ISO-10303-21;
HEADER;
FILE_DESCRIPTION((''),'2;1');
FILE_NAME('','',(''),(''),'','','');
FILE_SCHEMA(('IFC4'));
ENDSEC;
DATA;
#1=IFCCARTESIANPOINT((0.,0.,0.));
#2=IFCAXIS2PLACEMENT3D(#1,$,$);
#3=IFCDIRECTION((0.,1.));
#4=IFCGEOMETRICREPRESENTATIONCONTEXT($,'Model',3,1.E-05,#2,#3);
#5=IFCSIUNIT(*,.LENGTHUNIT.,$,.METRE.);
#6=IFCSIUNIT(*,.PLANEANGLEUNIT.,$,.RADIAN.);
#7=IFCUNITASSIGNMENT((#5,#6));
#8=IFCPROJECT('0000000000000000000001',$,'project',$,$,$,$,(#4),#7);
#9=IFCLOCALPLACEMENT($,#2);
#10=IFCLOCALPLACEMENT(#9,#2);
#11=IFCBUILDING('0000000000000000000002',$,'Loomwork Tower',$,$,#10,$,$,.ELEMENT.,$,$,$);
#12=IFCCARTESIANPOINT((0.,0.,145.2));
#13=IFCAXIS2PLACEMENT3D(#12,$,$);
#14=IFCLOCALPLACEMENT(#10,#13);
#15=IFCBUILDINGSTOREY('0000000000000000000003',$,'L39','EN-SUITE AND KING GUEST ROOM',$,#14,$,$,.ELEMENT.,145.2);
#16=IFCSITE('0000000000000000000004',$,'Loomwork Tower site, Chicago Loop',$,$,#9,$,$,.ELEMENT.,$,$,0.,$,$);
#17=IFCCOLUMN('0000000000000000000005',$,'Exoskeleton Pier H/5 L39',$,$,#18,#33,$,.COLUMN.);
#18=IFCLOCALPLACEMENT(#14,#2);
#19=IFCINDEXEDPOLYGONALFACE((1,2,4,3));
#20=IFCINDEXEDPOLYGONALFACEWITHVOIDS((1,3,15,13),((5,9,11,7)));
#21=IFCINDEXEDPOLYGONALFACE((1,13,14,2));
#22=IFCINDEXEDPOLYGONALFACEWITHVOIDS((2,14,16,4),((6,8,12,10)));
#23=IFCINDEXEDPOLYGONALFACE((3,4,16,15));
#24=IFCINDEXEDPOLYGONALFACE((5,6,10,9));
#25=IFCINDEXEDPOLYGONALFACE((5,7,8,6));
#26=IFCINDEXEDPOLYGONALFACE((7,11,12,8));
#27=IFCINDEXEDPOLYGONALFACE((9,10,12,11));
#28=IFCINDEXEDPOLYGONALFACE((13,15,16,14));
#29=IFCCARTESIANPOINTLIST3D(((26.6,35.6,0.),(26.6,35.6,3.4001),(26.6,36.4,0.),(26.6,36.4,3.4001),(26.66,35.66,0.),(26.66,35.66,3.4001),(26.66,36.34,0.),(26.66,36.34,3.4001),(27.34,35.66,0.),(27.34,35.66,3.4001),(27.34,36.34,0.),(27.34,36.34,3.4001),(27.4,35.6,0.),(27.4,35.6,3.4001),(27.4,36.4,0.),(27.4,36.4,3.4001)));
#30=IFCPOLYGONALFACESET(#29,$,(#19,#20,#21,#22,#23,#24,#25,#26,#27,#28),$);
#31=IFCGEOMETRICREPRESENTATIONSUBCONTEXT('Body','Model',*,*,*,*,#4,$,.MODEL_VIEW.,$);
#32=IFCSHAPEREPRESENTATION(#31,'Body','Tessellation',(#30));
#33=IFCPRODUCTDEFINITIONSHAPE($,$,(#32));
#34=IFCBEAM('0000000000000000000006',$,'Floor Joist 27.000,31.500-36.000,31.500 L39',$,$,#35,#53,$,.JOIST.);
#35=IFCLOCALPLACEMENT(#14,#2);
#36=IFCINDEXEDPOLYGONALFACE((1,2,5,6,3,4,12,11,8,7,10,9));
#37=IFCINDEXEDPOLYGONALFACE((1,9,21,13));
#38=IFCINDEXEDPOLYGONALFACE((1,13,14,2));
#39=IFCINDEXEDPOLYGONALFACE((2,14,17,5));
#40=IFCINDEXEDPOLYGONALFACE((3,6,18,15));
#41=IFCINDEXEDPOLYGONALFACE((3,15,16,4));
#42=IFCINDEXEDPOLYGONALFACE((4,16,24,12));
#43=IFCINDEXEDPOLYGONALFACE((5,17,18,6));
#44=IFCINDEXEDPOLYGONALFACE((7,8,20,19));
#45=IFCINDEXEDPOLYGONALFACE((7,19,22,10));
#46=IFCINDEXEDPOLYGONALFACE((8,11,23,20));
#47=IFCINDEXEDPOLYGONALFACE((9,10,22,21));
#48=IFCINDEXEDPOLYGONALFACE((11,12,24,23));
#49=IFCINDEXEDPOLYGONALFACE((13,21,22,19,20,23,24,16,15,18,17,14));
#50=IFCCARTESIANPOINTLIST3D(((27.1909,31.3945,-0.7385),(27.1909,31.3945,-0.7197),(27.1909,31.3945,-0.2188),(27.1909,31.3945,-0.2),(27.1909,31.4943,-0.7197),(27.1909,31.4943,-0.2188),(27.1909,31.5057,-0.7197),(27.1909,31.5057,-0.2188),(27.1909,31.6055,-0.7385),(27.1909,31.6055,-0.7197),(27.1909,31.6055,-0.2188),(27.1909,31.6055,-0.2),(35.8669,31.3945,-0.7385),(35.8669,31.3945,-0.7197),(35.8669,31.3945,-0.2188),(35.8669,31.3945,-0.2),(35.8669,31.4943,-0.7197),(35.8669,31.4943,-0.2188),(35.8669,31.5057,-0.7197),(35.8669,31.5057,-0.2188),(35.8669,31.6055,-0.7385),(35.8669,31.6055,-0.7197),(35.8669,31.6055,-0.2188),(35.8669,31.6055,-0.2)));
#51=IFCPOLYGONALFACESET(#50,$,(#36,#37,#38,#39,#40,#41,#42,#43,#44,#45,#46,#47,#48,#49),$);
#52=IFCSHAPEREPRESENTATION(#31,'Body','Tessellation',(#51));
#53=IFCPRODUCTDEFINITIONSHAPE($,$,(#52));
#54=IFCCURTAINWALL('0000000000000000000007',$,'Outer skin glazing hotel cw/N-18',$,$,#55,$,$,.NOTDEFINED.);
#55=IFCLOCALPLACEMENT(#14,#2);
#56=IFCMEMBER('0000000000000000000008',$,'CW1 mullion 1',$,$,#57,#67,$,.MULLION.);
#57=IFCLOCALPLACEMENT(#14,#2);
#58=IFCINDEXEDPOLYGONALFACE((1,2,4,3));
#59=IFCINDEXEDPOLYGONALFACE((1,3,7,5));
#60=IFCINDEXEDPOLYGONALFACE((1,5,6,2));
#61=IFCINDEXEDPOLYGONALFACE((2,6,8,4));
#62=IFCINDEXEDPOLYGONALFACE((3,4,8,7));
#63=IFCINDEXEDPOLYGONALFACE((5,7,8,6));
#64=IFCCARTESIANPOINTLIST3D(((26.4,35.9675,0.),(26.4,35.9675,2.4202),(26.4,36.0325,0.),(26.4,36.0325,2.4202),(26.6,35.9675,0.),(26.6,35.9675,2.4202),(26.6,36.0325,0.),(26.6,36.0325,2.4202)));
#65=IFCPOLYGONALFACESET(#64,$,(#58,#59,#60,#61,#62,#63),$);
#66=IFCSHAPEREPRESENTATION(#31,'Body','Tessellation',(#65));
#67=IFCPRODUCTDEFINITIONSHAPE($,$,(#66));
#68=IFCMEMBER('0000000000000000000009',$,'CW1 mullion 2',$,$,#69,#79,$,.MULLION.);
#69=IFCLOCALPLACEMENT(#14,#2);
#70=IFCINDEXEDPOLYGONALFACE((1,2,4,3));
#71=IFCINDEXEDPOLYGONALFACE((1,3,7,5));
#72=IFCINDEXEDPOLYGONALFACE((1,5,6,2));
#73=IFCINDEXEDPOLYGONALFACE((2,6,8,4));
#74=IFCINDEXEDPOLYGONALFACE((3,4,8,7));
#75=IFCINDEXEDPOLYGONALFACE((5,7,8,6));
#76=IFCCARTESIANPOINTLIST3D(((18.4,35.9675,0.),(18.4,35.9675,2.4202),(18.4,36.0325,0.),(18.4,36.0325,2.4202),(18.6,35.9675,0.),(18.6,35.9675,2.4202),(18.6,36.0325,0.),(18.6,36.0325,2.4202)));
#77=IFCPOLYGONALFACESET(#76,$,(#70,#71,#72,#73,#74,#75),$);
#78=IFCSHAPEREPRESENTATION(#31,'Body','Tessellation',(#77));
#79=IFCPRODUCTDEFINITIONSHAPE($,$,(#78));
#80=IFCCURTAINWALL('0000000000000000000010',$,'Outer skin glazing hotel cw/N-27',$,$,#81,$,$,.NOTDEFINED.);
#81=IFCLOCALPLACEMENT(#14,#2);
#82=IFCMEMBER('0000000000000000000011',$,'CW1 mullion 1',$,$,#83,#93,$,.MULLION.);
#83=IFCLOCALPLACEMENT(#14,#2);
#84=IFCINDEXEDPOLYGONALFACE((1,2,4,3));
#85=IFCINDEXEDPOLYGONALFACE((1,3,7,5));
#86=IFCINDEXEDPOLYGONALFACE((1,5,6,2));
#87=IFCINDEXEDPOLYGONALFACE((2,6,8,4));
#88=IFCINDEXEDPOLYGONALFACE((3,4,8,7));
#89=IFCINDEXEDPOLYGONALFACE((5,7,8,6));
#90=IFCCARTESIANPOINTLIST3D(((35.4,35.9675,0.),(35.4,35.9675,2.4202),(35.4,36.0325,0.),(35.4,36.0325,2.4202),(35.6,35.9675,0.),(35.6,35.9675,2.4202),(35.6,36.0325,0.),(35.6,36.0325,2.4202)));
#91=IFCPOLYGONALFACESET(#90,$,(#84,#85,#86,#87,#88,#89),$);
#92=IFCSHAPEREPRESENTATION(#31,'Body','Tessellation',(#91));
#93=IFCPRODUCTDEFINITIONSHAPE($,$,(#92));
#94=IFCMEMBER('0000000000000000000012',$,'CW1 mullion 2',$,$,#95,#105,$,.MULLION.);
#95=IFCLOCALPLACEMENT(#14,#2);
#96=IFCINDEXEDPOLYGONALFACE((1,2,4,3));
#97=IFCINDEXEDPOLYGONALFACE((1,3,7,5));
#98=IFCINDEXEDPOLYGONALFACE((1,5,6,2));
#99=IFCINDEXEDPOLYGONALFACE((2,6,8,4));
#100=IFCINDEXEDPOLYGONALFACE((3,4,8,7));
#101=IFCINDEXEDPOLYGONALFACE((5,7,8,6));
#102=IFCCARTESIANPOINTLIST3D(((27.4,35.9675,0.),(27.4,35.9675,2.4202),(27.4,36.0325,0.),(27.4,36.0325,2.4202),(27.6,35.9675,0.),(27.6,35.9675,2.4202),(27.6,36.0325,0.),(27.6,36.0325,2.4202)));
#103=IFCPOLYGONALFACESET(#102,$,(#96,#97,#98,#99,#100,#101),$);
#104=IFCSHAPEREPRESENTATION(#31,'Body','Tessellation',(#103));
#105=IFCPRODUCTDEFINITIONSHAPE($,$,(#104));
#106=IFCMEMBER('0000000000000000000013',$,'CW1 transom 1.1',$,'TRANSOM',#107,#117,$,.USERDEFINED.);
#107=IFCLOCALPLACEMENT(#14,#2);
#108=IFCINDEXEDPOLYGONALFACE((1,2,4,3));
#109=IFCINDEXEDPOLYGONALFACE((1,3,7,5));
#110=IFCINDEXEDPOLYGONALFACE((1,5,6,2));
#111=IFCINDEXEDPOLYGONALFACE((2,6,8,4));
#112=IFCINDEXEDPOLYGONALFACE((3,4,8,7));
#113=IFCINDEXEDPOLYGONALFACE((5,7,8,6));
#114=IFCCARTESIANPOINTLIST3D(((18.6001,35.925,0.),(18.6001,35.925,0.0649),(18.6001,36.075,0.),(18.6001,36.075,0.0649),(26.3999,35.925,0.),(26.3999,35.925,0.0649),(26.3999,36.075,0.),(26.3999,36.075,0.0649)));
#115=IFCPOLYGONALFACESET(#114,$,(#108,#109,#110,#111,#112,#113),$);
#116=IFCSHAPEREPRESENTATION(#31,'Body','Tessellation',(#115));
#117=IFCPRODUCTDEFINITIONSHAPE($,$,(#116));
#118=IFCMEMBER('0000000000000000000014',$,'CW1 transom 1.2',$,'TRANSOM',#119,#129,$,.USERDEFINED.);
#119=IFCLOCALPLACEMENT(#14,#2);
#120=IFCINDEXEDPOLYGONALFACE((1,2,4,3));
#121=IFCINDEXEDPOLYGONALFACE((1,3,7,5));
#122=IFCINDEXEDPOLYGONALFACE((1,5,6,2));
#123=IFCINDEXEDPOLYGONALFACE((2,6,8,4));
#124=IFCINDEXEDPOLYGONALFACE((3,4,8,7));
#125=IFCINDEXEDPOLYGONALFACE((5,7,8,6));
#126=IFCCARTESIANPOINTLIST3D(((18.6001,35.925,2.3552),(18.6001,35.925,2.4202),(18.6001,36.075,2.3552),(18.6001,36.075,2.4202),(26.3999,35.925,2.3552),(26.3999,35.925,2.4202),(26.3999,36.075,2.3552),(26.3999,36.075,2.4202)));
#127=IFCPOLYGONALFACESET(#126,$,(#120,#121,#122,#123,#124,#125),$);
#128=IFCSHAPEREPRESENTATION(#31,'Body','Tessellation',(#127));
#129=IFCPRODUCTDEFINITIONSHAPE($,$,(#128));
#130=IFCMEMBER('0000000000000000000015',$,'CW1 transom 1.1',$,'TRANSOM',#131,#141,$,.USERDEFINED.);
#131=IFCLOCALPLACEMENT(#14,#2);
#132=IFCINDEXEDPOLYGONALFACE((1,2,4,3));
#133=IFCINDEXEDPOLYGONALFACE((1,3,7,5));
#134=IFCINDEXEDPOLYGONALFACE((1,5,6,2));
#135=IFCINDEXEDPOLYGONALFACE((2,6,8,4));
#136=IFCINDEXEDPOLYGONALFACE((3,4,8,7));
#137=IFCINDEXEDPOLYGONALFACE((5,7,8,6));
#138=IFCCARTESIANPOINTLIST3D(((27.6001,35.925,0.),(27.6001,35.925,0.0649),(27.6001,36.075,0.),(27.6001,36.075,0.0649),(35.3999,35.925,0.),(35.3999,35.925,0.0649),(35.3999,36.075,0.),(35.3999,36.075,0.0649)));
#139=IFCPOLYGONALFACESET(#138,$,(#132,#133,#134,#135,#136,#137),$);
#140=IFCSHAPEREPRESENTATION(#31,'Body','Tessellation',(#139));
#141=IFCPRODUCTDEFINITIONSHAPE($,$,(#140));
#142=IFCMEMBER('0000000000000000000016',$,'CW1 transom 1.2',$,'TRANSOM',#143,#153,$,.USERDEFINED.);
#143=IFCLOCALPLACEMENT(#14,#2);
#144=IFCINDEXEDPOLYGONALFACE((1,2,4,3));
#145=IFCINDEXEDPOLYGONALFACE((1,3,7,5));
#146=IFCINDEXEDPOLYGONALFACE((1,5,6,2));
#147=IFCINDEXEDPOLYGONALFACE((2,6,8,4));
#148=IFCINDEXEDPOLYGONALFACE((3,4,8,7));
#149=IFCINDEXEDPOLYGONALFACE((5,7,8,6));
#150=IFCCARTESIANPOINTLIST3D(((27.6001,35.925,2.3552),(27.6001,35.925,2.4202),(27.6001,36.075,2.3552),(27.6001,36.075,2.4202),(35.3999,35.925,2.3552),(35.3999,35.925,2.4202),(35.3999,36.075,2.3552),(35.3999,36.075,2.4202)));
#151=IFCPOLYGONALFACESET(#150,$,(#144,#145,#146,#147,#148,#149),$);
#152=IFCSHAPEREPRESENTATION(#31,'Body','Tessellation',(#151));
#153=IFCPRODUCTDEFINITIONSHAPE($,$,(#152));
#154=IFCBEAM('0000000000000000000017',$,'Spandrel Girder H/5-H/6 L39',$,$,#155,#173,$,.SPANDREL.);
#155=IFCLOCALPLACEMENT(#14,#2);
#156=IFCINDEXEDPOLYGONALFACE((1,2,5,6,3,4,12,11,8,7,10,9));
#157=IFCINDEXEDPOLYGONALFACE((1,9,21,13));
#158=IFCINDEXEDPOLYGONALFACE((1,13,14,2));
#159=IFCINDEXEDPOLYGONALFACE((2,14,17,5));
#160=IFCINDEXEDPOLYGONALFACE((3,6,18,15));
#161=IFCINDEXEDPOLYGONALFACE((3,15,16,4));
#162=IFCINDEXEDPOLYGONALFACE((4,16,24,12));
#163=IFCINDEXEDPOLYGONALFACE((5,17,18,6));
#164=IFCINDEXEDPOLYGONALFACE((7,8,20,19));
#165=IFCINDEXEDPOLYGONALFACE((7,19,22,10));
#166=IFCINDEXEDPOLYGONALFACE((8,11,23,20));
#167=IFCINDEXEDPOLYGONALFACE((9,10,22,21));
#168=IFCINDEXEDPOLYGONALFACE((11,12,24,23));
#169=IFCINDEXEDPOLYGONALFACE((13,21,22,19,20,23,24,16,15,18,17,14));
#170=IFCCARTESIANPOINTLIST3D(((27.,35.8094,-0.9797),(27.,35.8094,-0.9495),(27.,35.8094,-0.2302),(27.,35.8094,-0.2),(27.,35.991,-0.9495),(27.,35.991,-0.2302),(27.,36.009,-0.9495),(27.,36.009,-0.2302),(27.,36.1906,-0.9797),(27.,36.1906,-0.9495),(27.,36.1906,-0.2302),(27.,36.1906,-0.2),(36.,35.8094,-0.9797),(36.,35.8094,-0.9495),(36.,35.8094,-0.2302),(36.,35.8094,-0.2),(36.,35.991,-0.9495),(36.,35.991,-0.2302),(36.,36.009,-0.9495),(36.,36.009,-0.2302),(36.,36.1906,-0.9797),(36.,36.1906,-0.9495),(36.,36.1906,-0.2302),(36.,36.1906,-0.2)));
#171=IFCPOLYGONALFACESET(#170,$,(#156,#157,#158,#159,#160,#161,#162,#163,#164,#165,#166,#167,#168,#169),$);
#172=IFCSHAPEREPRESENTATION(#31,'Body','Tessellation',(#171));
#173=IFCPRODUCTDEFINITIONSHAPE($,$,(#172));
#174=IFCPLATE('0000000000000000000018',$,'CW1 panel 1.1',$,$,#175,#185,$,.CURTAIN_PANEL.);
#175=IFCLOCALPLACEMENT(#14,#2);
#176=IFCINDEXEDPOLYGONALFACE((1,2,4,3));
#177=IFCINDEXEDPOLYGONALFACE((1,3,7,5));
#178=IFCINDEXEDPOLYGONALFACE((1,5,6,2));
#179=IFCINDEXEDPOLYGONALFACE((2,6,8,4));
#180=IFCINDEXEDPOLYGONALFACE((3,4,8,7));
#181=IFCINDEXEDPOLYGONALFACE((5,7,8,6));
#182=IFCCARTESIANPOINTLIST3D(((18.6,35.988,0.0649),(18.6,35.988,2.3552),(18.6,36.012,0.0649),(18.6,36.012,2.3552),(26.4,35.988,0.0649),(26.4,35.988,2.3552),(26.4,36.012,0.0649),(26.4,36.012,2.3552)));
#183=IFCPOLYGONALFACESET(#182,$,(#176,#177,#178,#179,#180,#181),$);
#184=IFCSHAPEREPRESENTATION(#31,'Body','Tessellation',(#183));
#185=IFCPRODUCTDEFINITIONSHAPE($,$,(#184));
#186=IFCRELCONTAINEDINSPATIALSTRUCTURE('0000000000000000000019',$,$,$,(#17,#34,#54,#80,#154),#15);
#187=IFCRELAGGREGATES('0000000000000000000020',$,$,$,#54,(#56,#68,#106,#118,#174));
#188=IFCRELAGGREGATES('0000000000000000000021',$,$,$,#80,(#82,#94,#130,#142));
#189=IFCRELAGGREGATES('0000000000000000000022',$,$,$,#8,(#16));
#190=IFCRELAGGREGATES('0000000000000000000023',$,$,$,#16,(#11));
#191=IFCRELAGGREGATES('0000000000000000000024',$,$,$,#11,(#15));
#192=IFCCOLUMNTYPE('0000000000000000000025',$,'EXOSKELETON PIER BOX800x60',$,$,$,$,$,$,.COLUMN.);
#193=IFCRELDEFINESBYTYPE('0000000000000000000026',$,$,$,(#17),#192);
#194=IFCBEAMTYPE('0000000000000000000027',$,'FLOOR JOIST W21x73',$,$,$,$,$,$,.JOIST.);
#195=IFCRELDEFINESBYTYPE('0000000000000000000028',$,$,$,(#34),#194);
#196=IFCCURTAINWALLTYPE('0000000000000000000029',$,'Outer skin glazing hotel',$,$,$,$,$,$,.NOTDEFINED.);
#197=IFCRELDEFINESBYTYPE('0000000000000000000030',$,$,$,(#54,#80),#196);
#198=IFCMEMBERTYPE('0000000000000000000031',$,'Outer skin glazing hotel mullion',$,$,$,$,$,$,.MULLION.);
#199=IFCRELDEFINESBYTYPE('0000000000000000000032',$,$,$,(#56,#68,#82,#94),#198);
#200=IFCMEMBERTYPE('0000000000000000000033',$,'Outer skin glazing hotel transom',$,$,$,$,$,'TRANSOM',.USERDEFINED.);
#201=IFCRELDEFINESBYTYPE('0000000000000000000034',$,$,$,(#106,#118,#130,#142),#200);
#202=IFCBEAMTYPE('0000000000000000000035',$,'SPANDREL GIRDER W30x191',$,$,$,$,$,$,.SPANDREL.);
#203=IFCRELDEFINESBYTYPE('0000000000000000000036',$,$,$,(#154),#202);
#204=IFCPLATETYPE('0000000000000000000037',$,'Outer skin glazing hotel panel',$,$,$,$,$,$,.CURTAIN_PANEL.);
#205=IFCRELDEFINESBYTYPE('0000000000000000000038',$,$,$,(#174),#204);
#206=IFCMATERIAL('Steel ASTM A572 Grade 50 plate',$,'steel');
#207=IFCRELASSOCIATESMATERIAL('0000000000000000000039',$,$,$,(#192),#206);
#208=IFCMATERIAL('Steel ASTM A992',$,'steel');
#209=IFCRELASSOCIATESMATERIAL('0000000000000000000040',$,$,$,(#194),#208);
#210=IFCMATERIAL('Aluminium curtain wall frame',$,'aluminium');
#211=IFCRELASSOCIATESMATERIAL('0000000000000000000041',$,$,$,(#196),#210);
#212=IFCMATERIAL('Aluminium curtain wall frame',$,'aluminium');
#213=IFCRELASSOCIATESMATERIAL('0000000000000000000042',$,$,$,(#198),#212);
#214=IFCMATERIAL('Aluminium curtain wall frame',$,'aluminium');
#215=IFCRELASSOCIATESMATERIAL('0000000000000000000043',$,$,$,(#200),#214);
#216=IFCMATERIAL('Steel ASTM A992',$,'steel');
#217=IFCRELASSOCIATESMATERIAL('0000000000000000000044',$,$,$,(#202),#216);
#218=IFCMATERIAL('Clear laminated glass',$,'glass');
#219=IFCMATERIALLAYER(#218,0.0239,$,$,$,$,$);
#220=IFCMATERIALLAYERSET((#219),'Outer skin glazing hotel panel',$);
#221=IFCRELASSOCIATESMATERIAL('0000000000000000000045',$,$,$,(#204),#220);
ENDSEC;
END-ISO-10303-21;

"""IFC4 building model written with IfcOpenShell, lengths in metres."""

from ifc_helpers import new_model, si_unit, direction, frame, origin, origin_2d, place, context, subcontext, project, spatial, rectangle, hollow_rectangle, i_section, extrude, material, layer, layer_set, material_profile, profile_set, type_object, element, aggregate, save


model = new_model("IFC4")

# Units and contexts
model_context = context("Model", 3, precision=1e-05, world=origin(), true_north=direction((0.0, 1.0)))
body_context = subcontext(model_context, "Body", "Model", "MODEL_VIEW")
ifc_project = project(units=[si_unit("LENGTHUNIT", "METRE"), si_unit("PLANEANGLEUNIT", "RADIAN")], contexts=[model_context])

# Site, building, storey
site_placement = place(None, origin())
site = spatial("IfcSite", under=ifc_project, at=site_placement, Name="Loomwork Tower site, Chicago Loop", CompositionType="ELEMENT", RefElevation=0.0)
building_placement = place(site_placement, origin())
building = spatial("IfcBuilding", under=site, at=building_placement, Name="Loomwork Tower", CompositionType="ELEMENT")
storey_placement = place(building_placement, frame((0.0, 0.0, 145.2)))
storey = spatial("IfcBuildingStorey", under=building, at=storey_placement, Name="L39", Description="EN-SUITE AND KING GUEST ROOM", CompositionType="ELEMENT", Elevation=145.2)

# Column
ifc_material_1 = material(Name="Steel ASTM A572 Grade 50 plate", Category="steel")
ifc_material_profile_1 = material_profile(ifc_material_1, hollow_rectangle(XDim=0.8, YDim=0.8, WallThickness=0.0601, at=origin_2d()), Name="BOX800x60")
ifc_profile_set_1 = profile_set([ifc_material_profile_1], Name="Steel ASTM A572 Grade 50 plate")
column_type = type_object("IfcColumnType", Name="EXOSKELETON PIER BOX800x60", PredefinedType="COLUMN", material=ifc_profile_set_1)
column_placement = place(storey_placement, frame((27.0, 36.0, 0.0), z_axis=(0.0, 0.0, 1.0), x_axis=(1.0, 0.0, 0.0)))
element("IfcColumn", 1, at=column_placement, inside=storey, type_object=column_type, Name="Exoskeleton Pier H/5 L39", PredefinedType="COLUMN", context=body_context, shape_type="SweptSolid", body=[
    extrude(hollow_rectangle(XDim=0.8, YDim=0.8, WallThickness=0.0601, at=origin_2d()), origin(), (0.0, 0.0, 1.0), 3.4001),
])

# Beam
ifc_material_2 = material(Name="Steel ASTM A992", Category="steel")
ifc_material_profile_2 = material_profile(ifc_material_2, i_section(OverallWidth=0.2109, OverallDepth=0.5386, WebThickness=0.0115, FlangeThickness=0.0188, at=origin_2d()), Name="W21x73")
ifc_profile_set_2 = profile_set([ifc_material_profile_2], Name="Steel ASTM A992")
beam_type_1 = type_object("IfcBeamType", Name="FLOOR JOIST W21x73", PredefinedType="JOIST", material=ifc_profile_set_2)
beam_1_placement = place(storey_placement, frame((27.1909, 31.5, -0.4692), z_axis=(1.0, 0.0, 0.0), x_axis=(0.0, 1.0, 0.0)))
element("IfcBeam", 2, at=beam_1_placement, inside=storey, type_object=beam_type_1, Name="Floor Joist 27.000,31.500-36.000,31.500 L39", PredefinedType="JOIST", context=body_context, shape_type="SweptSolid", body=[
    extrude(i_section(OverallWidth=0.2109, OverallDepth=0.5386, WebThickness=0.0115, FlangeThickness=0.0188, at=origin_2d()), origin(), (0.0, 0.0, 1.0), 8.676),
])

# Curtain walls, members
ifc_material_3 = material(Name="Aluminium curtain wall frame", Category="aluminium")
curtain_wall_type = type_object("IfcCurtainWallType", Name="Outer skin glazing hotel", PredefinedType="NOTDEFINED", material=ifc_material_3)
curtain_wall_1_placement = place(storey_placement, origin())
curtain_wall_1 = element("IfcCurtainWall", 3, at=curtain_wall_1_placement, inside=storey, type_object=curtain_wall_type, Name="Outer skin glazing hotel cw/N-18", PredefinedType="NOTDEFINED")
ifc_material_4 = material(Name="Aluminium curtain wall frame", Category="aluminium")
ifc_material_profile_3 = material_profile(ifc_material_4, rectangle(XDim=0.0649, YDim=0.2, at=origin_2d()), Name="AL 65x200")
ifc_profile_set_3 = profile_set([ifc_material_profile_3], Name="Aluminium curtain wall frame")
member_type_1 = type_object("IfcMemberType", Name="Outer skin glazing hotel mullion", PredefinedType="MULLION", material=ifc_profile_set_3)
member_1_placement = place(storey_placement, frame((26.5, 36.0, 0.0), z_axis=(0.0, 0.0, 1.0), x_axis=(0.0, -1.0, 0.0)))
member_1 = element("IfcMember", 4, at=member_1_placement, type_object=member_type_1, Name="CW1 mullion 1", PredefinedType="MULLION", context=body_context, shape_type="SweptSolid", body=[
    extrude(rectangle(XDim=0.0649, YDim=0.2, at=origin_2d()), origin(), (0.0, 0.0, 1.0), 2.4202),
])
member_2_placement = place(storey_placement, frame((18.5, 36.0, 0.0), z_axis=(0.0, 0.0, 1.0), x_axis=(0.0, -1.0, 0.0)))
member_2 = element("IfcMember", 5, at=member_2_placement, type_object=member_type_1, Name="CW1 mullion 2", PredefinedType="MULLION", context=body_context, shape_type="SweptSolid", body=[
    extrude(rectangle(XDim=0.0649, YDim=0.2, at=origin_2d()), origin(), (0.0, 0.0, 1.0), 2.4202),
])
curtain_wall_2_placement = place(storey_placement, origin())
curtain_wall_2 = element("IfcCurtainWall", 6, at=curtain_wall_2_placement, inside=storey, type_object=curtain_wall_type, Name="Outer skin glazing hotel cw/N-27", PredefinedType="NOTDEFINED")
member_3_placement = place(storey_placement, frame((35.5, 36.0, 0.0), z_axis=(0.0, 0.0, 1.0), x_axis=(0.0, -1.0, 0.0)))
member_3 = element("IfcMember", 7, at=member_3_placement, type_object=member_type_1, Name="CW1 mullion 1", PredefinedType="MULLION", context=body_context, shape_type="SweptSolid", body=[
    extrude(rectangle(XDim=0.0649, YDim=0.2, at=origin_2d()), origin(), (0.0, 0.0, 1.0), 2.4202),
])
member_4_placement = place(storey_placement, frame((27.5, 36.0, 0.0), z_axis=(0.0, 0.0, 1.0), x_axis=(0.0, -1.0, 0.0)))
member_4 = element("IfcMember", 8, at=member_4_placement, type_object=member_type_1, Name="CW1 mullion 2", PredefinedType="MULLION", context=body_context, shape_type="SweptSolid", body=[
    extrude(rectangle(XDim=0.0649, YDim=0.2, at=origin_2d()), origin(), (0.0, 0.0, 1.0), 2.4202),
])

# Members
ifc_material_5 = material(Name="Aluminium curtain wall frame", Category="aluminium")
ifc_material_profile_4 = material_profile(ifc_material_5, rectangle(XDim=0.1499, YDim=0.0649, at=origin_2d()), Name="AL 65x150")
ifc_profile_set_4 = profile_set([ifc_material_profile_4], Name="Aluminium curtain wall frame")
member_type_2 = type_object("IfcMemberType", Name="Outer skin glazing hotel transom", ElementType="TRANSOM", PredefinedType="USERDEFINED", material=ifc_profile_set_4)
member_5_placement = place(storey_placement, frame((26.3999, 36.0, 0.0325), z_axis=(-1.0, 0.0, 0.0), x_axis=(0.0, -1.0, 0.0)))
member_5 = element("IfcMember", 9, at=member_5_placement, type_object=member_type_2, Name="CW1 transom 1.1", ObjectType="TRANSOM", PredefinedType="USERDEFINED", context=body_context, shape_type="SweptSolid", body=[
    extrude(rectangle(XDim=0.1499, YDim=0.0649, at=origin_2d()), origin(), (0.0, 0.0, 1.0), 7.7998),
])
member_6_placement = place(storey_placement, frame((26.3999, 36.0, 2.3877), z_axis=(-1.0, 0.0, 0.0), x_axis=(0.0, -1.0, 0.0)))
member_6 = element("IfcMember", 10, at=member_6_placement, type_object=member_type_2, Name="CW1 transom 1.2", ObjectType="TRANSOM", PredefinedType="USERDEFINED", context=body_context, shape_type="SweptSolid", body=[
    extrude(rectangle(XDim=0.1499, YDim=0.0649, at=origin_2d()), origin(), (0.0, 0.0, 1.0), 7.7998),
])
member_7_placement = place(storey_placement, frame((35.3999, 36.0, 0.0325), z_axis=(-1.0, 0.0, 0.0), x_axis=(0.0, -1.0, 0.0)))
member_7 = element("IfcMember", 11, at=member_7_placement, type_object=member_type_2, Name="CW1 transom 1.1", ObjectType="TRANSOM", PredefinedType="USERDEFINED", context=body_context, shape_type="SweptSolid", body=[
    extrude(rectangle(XDim=0.1499, YDim=0.0649, at=origin_2d()), origin(), (0.0, 0.0, 1.0), 7.7998),
])
member_8_placement = place(storey_placement, frame((35.3999, 36.0, 2.3877), z_axis=(-1.0, 0.0, 0.0), x_axis=(0.0, -1.0, 0.0)))
member_8 = element("IfcMember", 12, at=member_8_placement, type_object=member_type_2, Name="CW1 transom 1.2", ObjectType="TRANSOM", PredefinedType="USERDEFINED", context=body_context, shape_type="SweptSolid", body=[
    extrude(rectangle(XDim=0.1499, YDim=0.0649, at=origin_2d()), origin(), (0.0, 0.0, 1.0), 7.7998),
])

# Beam
ifc_material_6 = material(Name="Steel ASTM A992", Category="steel")
ifc_material_profile_5 = material_profile(ifc_material_6, i_section(OverallWidth=0.3811, OverallDepth=0.7798, WebThickness=0.0181, FlangeThickness=0.0303, at=origin_2d()), Name="W30x191")
ifc_profile_set_5 = profile_set([ifc_material_profile_5], Name="Steel ASTM A992")
beam_type_2 = type_object("IfcBeamType", Name="SPANDREL GIRDER W30x191", PredefinedType="SPANDREL", material=ifc_profile_set_5)
beam_2_placement = place(storey_placement, frame((27.0, 36.0, -0.5898), z_axis=(1.0, 0.0, 0.0), x_axis=(0.0, 1.0, 0.0)))
element("IfcBeam", 13, at=beam_2_placement, inside=storey, type_object=beam_type_2, Name="Spandrel Girder H/5-H/6 L39", PredefinedType="SPANDREL", context=body_context, shape_type="SweptSolid", body=[
    extrude(i_section(OverallWidth=0.3811, OverallDepth=0.7798, WebThickness=0.0181, FlangeThickness=0.0303, at=origin_2d()), origin(), (0.0, 0.0, 1.0), 9.0),
])

# Plate
ifc_material_7 = material(Name="Clear laminated glass", Category="glass")
ifc_layer_1 = layer(ifc_material_7, 0.0239)
ifc_layer_set_1 = layer_set([ifc_layer_1], Name="Outer skin glazing hotel panel")
plate_type = type_object("IfcPlateType", Name="Outer skin glazing hotel panel", PredefinedType="CURTAIN_PANEL", material=ifc_layer_set_1)
plate_1_placement = place(storey_placement, frame((22.5, 36.0, 0.0649), z_axis=(0.0, 0.0, 1.0), x_axis=(-1.0, 0.0, 0.0)))
plate_1 = element("IfcPlate", 14, at=plate_1_placement, type_object=plate_type, Name="CW1 panel 1.1", PredefinedType="CURTAIN_PANEL", context=body_context, shape_type="SweptSolid", body=[
    extrude(rectangle(XDim=7.8, YDim=0.0239, at=origin_2d()), origin(), (0.0, 0.0, 1.0), 2.2903),
])
aggregate(curtain_wall_1, [member_1, member_2, member_5, member_6, plate_1])
aggregate(curtain_wall_2, [member_3, member_4, member_7, member_8])

save(model, "model.ifc")
